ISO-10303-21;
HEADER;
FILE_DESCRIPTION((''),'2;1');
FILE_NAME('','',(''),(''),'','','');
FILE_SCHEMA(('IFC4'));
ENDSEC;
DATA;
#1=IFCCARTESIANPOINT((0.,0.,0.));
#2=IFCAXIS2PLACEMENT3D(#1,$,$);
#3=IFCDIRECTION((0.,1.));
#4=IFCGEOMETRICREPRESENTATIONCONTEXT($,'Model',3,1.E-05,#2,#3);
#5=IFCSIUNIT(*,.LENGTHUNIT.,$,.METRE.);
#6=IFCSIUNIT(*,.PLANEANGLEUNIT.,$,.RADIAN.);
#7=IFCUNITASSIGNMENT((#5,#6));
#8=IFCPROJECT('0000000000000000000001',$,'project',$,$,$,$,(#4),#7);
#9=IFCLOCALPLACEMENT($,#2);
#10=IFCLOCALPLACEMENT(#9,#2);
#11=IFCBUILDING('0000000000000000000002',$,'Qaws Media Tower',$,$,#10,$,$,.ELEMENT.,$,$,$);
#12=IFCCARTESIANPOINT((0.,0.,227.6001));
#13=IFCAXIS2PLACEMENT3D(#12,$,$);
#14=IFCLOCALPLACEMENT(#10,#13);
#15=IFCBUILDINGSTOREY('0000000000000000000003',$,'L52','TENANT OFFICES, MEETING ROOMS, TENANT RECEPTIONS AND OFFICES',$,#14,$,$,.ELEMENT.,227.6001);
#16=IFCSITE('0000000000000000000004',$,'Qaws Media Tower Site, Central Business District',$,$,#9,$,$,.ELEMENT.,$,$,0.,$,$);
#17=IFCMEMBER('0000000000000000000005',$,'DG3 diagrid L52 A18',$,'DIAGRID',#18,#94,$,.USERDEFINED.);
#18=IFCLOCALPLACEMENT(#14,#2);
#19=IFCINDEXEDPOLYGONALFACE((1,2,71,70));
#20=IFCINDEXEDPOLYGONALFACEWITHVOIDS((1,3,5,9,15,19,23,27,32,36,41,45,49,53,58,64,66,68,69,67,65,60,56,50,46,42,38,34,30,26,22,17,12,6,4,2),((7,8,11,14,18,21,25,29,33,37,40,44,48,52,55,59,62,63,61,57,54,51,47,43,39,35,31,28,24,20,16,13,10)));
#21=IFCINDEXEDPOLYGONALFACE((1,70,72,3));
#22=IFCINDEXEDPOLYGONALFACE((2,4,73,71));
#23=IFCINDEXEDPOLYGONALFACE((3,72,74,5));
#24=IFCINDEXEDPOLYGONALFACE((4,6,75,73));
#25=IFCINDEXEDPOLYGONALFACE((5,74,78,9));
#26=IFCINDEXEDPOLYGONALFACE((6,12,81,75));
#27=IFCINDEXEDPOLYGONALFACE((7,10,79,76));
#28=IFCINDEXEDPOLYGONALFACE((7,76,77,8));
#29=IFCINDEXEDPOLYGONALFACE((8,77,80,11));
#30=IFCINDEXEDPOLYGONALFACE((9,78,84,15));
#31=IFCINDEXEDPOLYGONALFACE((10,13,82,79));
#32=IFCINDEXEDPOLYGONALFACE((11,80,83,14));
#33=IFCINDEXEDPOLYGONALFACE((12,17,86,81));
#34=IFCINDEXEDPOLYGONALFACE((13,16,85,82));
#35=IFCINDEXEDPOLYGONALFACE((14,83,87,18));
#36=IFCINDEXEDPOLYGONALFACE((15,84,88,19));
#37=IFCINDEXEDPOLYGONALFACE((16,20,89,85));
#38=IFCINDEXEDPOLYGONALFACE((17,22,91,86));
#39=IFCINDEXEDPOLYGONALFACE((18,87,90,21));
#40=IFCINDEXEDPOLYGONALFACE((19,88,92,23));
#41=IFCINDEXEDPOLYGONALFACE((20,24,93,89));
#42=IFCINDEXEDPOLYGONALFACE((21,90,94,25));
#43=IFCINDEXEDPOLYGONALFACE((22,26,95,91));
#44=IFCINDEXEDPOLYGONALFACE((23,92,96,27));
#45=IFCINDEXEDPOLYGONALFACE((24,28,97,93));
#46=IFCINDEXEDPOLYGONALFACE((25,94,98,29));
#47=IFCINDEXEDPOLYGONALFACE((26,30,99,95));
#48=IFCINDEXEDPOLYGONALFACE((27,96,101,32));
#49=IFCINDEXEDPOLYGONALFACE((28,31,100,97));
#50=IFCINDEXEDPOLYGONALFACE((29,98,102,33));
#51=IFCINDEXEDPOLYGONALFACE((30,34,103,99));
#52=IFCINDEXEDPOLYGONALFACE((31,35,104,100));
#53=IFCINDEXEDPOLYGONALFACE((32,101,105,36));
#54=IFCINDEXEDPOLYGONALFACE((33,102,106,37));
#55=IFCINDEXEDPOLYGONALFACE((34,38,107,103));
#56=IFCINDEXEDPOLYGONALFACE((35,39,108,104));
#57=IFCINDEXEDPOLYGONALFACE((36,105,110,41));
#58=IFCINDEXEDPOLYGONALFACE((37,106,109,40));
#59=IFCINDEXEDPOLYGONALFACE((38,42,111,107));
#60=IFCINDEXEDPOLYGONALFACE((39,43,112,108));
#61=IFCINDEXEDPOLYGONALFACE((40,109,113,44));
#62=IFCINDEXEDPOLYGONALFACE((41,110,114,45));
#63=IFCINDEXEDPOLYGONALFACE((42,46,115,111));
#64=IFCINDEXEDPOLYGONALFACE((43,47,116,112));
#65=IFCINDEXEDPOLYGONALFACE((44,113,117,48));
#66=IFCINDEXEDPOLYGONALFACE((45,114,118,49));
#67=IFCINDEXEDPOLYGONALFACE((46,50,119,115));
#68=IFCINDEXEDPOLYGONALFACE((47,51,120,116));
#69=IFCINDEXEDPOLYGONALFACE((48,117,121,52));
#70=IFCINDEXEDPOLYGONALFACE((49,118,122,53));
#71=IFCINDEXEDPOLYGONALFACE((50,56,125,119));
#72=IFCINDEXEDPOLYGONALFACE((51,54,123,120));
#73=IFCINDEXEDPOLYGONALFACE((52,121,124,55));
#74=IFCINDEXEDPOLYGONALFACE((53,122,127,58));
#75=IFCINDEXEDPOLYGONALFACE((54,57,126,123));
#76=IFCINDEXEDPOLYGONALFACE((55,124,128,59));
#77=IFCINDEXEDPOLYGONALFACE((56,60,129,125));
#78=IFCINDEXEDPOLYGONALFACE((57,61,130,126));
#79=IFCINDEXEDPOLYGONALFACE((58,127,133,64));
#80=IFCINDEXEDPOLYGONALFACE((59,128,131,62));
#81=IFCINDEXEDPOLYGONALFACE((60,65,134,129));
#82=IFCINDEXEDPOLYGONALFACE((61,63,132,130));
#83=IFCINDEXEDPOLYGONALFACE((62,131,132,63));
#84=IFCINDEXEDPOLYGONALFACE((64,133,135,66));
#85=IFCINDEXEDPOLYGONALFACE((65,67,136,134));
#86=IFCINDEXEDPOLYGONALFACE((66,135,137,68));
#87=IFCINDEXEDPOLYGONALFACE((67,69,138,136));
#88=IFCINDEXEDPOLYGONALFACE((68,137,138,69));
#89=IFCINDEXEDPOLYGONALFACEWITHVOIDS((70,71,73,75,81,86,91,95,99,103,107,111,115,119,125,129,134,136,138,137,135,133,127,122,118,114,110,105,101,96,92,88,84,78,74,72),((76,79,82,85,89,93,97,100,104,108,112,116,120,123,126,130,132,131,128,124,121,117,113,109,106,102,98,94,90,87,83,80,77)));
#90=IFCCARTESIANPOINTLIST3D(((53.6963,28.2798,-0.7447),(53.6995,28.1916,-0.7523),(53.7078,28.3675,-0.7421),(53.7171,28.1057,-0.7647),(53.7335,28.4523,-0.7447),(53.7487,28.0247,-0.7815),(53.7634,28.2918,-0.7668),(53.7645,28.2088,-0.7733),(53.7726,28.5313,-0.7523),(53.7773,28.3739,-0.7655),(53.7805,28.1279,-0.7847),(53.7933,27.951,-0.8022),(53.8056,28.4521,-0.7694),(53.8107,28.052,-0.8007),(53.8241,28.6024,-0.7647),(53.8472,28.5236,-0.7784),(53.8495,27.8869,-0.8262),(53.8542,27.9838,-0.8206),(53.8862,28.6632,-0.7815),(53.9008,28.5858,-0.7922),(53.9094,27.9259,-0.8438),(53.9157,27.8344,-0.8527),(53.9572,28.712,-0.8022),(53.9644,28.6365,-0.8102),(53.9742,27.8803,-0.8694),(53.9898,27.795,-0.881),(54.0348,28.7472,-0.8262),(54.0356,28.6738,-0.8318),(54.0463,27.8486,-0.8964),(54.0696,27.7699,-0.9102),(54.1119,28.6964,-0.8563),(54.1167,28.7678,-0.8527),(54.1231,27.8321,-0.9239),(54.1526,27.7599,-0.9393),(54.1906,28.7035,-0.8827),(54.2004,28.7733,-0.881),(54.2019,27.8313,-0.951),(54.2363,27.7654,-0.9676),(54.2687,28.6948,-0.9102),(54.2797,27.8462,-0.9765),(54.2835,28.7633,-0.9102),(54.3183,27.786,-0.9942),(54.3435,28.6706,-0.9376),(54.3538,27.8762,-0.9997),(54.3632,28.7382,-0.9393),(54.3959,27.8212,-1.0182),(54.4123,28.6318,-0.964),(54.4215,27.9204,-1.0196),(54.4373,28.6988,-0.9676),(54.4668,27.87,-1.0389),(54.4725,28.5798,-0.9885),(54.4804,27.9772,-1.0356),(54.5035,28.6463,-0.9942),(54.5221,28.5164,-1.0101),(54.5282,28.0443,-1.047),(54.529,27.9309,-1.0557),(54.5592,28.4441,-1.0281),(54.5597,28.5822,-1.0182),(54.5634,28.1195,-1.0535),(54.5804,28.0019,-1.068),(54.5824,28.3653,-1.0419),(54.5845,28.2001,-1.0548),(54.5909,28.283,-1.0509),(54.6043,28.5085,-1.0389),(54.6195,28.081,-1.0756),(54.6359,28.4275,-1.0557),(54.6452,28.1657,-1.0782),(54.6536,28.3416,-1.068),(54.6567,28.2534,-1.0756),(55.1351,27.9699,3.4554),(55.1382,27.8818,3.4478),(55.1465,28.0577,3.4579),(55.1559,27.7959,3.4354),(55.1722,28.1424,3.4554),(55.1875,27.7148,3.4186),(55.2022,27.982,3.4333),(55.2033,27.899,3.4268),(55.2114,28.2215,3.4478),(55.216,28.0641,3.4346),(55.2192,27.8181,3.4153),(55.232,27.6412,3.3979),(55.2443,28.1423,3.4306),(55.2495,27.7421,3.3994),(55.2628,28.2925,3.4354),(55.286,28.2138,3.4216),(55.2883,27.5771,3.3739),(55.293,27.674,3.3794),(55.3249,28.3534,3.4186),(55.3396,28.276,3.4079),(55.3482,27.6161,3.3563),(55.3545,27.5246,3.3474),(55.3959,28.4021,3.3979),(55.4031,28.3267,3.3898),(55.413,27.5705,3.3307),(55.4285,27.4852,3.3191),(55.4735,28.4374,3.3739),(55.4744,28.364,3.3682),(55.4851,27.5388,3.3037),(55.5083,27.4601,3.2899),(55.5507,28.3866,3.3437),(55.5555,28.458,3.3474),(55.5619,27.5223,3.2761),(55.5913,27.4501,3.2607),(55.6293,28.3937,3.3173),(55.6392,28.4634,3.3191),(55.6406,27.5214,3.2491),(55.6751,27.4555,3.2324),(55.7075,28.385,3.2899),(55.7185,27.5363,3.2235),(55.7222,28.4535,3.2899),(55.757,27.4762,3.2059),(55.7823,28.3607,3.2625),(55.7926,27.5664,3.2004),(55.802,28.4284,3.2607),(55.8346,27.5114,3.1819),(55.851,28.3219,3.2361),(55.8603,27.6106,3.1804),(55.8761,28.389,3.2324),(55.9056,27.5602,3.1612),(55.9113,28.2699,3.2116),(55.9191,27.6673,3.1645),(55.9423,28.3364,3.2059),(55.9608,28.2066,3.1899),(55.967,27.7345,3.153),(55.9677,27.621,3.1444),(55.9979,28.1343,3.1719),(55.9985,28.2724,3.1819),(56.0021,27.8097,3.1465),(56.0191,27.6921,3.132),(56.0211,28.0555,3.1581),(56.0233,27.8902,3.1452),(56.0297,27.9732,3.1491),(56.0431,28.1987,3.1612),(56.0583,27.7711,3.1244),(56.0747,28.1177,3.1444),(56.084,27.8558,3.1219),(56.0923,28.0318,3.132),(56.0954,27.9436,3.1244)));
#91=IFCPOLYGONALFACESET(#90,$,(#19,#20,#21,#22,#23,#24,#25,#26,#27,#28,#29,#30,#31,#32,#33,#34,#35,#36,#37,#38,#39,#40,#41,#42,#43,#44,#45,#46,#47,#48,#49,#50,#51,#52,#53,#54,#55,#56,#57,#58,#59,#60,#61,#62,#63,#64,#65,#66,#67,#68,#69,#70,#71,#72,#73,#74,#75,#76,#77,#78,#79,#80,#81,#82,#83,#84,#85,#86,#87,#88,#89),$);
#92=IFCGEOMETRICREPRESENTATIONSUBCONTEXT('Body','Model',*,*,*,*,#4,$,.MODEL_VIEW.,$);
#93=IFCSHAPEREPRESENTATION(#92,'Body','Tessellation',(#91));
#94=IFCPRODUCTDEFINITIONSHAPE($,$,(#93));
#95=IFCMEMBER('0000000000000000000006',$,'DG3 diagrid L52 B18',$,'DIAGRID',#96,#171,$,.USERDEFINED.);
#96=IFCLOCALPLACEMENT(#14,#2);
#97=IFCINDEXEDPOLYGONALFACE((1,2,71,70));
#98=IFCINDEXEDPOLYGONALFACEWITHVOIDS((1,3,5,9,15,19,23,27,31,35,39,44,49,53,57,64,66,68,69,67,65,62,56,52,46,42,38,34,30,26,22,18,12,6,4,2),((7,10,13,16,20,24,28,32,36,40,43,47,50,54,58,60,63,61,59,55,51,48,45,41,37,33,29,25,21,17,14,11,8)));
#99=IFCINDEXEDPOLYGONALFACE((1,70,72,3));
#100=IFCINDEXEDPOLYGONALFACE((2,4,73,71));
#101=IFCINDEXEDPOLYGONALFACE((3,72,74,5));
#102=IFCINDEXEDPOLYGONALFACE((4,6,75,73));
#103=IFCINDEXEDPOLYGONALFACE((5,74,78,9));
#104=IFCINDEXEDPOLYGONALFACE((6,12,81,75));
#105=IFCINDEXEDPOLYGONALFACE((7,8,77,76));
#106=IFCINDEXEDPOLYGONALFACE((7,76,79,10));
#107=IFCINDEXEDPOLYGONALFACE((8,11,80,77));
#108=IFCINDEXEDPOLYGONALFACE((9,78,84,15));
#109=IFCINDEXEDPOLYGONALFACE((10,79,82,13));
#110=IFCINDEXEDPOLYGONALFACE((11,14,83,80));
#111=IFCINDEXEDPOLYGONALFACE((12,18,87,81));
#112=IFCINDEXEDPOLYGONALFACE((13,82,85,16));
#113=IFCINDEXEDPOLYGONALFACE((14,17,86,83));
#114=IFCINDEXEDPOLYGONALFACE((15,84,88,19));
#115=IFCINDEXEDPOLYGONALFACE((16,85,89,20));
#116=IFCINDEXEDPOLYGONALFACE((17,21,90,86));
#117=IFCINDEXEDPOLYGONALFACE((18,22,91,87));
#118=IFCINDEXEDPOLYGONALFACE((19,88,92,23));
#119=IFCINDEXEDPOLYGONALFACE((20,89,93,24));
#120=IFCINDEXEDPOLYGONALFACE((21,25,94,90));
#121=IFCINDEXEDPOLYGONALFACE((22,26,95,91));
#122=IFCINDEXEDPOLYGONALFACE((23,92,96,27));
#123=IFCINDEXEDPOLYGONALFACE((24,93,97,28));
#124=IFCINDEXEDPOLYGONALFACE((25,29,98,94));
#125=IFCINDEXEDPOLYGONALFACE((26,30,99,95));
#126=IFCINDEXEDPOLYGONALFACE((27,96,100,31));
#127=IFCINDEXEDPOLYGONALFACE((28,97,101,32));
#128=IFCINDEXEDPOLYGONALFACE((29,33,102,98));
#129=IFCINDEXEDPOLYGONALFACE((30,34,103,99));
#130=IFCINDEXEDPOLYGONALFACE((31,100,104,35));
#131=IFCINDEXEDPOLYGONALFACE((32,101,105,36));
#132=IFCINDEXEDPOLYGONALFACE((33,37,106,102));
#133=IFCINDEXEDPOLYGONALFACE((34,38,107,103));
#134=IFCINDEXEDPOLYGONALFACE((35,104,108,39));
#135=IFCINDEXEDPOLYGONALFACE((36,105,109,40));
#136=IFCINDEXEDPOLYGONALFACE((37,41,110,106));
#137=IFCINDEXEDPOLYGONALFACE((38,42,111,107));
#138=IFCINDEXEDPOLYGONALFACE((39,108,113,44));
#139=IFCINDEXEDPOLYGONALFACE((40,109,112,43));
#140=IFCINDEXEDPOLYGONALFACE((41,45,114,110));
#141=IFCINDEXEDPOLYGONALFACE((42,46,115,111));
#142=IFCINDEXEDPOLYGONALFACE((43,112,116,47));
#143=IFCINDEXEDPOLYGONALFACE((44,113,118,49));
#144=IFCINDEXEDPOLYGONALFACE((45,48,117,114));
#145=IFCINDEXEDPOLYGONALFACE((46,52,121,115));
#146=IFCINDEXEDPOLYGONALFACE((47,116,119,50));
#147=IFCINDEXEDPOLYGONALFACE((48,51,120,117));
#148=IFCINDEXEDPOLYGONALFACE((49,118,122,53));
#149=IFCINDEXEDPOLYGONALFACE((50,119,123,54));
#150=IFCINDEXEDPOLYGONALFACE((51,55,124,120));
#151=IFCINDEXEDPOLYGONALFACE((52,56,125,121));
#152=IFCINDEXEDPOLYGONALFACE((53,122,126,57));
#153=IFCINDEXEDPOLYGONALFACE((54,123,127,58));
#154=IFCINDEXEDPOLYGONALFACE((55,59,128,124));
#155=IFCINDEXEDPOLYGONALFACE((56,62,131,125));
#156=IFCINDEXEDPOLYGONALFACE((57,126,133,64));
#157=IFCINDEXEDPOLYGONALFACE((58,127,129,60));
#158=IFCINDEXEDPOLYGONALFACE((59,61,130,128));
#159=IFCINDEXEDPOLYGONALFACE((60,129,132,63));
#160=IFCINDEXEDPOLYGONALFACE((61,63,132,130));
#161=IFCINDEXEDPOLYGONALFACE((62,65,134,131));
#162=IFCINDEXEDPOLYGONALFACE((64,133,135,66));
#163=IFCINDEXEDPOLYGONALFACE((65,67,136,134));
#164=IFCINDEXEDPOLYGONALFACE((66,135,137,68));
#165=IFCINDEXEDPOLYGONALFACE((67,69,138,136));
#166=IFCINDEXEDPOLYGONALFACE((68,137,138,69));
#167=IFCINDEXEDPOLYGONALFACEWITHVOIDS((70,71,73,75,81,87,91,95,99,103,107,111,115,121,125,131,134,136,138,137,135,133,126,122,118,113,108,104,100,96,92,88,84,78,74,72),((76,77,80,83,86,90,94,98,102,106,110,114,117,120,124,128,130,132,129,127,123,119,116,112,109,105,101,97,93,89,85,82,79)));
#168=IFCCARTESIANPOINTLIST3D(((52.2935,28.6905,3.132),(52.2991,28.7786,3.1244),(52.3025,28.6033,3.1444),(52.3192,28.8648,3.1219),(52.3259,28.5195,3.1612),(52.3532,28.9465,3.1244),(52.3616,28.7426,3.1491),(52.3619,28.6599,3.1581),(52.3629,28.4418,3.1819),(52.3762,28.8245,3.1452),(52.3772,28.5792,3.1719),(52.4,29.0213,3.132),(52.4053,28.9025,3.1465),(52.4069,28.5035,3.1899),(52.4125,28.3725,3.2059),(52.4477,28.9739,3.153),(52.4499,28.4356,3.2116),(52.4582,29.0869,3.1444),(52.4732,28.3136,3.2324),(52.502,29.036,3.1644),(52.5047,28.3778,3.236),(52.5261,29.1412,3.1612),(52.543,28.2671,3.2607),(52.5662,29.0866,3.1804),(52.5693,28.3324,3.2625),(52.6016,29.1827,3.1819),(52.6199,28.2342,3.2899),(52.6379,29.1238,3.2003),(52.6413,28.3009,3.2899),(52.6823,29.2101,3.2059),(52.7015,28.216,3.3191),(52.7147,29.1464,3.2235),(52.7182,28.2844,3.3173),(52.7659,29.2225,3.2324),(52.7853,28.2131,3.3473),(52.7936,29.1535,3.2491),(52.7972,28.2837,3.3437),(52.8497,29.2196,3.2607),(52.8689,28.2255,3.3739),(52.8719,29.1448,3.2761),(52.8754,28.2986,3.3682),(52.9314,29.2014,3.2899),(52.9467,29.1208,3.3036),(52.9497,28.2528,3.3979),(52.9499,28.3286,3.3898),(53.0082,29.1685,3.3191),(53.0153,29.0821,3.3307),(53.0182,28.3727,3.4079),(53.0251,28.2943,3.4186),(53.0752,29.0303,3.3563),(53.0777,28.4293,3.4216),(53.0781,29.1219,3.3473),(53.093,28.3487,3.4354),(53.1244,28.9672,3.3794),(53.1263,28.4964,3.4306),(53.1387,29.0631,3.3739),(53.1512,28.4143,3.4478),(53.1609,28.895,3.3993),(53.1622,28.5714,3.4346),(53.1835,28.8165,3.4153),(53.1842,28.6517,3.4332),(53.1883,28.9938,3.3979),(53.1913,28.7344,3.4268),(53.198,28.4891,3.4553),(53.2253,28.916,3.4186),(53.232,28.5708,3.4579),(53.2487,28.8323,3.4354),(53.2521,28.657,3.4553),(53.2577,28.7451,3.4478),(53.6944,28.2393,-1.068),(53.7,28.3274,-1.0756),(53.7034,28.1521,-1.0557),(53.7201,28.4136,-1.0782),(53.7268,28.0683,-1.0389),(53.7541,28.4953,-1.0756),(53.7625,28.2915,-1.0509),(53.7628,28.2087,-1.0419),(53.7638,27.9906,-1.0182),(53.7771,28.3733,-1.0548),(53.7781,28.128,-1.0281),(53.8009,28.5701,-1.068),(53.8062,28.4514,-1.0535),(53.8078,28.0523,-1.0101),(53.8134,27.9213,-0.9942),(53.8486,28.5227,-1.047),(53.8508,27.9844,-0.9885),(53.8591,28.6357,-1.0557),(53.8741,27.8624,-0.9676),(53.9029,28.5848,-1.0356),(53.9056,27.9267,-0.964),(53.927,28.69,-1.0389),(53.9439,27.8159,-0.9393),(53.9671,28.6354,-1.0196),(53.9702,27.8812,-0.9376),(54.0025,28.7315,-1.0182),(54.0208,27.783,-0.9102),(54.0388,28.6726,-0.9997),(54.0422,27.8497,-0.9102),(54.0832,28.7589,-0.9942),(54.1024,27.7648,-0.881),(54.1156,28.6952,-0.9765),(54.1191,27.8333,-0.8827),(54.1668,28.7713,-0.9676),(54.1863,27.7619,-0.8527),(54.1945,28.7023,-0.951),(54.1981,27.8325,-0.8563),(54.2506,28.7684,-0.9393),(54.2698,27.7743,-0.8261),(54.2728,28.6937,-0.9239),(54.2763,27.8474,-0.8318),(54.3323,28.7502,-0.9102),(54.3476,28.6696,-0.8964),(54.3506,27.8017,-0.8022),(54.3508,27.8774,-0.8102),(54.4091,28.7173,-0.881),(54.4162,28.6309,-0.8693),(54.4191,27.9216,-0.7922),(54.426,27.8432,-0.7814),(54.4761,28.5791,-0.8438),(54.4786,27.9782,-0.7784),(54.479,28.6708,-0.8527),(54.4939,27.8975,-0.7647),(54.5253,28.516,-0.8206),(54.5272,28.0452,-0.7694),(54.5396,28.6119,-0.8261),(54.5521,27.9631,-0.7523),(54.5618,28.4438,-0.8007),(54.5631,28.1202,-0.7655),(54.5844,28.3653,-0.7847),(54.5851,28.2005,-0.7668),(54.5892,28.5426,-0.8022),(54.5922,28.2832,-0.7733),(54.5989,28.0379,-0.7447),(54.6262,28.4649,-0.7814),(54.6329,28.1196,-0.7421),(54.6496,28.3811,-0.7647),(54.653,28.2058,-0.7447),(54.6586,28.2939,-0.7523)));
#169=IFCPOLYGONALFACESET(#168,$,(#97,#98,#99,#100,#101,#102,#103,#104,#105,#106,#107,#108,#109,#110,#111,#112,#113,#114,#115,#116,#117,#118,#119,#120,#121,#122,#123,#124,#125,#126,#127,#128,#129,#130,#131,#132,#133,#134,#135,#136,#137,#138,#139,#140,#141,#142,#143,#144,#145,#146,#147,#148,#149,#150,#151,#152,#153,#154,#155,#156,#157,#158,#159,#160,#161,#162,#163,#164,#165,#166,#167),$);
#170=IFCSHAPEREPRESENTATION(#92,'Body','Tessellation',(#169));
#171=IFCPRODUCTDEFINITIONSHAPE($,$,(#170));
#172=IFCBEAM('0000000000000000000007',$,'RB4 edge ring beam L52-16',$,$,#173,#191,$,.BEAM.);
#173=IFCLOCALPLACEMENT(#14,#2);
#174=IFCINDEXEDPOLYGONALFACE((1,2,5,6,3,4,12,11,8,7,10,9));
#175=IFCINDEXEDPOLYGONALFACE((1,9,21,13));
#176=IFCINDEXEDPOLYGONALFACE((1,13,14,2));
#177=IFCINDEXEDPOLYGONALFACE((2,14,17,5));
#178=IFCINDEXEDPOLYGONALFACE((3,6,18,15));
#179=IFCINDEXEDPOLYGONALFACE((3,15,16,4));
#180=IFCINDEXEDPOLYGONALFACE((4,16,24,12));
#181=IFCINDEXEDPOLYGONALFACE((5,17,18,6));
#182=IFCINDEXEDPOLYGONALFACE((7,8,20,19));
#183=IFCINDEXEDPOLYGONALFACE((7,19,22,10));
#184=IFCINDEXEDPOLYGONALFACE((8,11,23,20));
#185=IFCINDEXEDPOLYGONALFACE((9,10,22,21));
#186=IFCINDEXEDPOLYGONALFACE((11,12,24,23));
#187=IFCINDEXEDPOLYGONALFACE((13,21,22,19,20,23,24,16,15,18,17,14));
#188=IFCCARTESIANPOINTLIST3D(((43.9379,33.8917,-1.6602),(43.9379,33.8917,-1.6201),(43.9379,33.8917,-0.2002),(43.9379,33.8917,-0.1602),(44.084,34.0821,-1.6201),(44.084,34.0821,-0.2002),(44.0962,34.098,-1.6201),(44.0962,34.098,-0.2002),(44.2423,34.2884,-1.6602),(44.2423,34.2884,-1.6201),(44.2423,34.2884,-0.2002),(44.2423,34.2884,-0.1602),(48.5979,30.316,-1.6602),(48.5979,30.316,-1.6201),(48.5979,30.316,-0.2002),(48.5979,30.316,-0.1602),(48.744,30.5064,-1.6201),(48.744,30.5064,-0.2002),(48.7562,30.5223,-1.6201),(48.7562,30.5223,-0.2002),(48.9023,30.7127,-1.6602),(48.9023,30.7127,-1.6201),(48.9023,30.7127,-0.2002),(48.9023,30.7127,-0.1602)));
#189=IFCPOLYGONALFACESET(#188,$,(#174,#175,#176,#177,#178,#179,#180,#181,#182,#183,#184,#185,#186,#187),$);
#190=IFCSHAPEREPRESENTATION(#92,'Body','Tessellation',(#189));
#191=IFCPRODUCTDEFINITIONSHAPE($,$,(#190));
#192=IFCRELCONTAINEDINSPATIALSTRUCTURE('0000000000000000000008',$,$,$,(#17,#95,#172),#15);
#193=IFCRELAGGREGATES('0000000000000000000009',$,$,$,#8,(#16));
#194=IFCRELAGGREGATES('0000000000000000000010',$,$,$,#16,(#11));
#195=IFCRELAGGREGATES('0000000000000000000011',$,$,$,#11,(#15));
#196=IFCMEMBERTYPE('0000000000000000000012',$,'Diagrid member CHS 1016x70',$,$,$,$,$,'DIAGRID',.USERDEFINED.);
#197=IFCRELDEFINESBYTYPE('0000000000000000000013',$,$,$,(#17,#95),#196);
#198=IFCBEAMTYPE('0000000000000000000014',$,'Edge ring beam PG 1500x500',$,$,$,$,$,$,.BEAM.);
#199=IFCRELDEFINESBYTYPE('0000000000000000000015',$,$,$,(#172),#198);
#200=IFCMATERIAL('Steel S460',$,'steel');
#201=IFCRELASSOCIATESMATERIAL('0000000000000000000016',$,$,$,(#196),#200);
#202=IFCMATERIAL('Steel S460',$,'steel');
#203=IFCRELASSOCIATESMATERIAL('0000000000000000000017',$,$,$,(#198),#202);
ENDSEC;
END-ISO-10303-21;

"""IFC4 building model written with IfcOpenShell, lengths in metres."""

from ifc_helpers import new_model, si_unit, direction, frame, origin, origin_2d, place, context, subcontext, project, spatial, hollow_circle, i_section, extrude, material, material_profile, profile_set, type_object, element, save


model = new_model("IFC4")

# Units and contexts
model_context = context("Model", 3, precision=1e-05, world=origin(), true_north=direction((0.0, 1.0)))
body_context = subcontext(model_context, "Body", "Model", "MODEL_VIEW")
ifc_project = project(units=[si_unit("LENGTHUNIT", "METRE"), si_unit("PLANEANGLEUNIT", "RADIAN")], contexts=[model_context])

# Site, building, storey
site_placement = place(None, origin())
site = spatial("IfcSite", under=ifc_project, at=site_placement, Name="Qaws Media Tower Site, Central Business District", CompositionType="ELEMENT", RefElevation=0.0)
building_placement = place(site_placement, origin())
building = spatial("IfcBuilding", under=site, at=building_placement, Name="Qaws Media Tower", CompositionType="ELEMENT")
storey_placement = place(building_placement, frame((0.0, 0.0, 227.6001)))
storey = spatial("IfcBuildingStorey", under=building, at=storey_placement, Name="L52", Description="TENANT OFFICES, MEETING ROOMS, TENANT RECEPTIONS AND OFFICES", CompositionType="ELEMENT", Elevation=227.6001)

# Members
ifc_material_1 = material(Name="Steel S460", Category="steel")
ifc_material_profile_1 = material_profile(ifc_material_1, hollow_circle(Radius=0.5081, WallThickness=0.0701, at=origin_2d()), Name="CHS 1016x70")
ifc_profile_set_1 = profile_set([ifc_material_profile_1], Name="Steel S460")
member_type_1 = type_object("IfcMemberType", Name="Diagrid member CHS 1016x70", ElementType="DIAGRID", PredefinedType="USERDEFINED", material=ifc_profile_set_1)
for number, where, z_axis, x_axis, name in (
    (1, (54.1765, 28.2666, -0.9102), (0.323284, -0.069616, 0.943738), (0.210515, 0.977591, 0.0), "DG3 diagrid L52 A18"),
    (2, (54.1765, 28.2666, -0.9102), (-0.31478, 0.101379, 0.943735), (-0.306557, -0.951852, 0.0), "DG3 diagrid L52 B18"),
):
    element("IfcMember", number, at=place(storey_placement, frame(where, z_axis=z_axis, x_axis=x_axis)), inside=storey, type_object=member_type_1, Name=name, ObjectType="DIAGRID", PredefinedType="USERDEFINED", context=body_context, shape_type="SweptSolid", body=[
        extrude(hollow_circle(Radius=0.5081, WallThickness=0.0701, at=origin_2d()), origin(), (0.0, 0.0, 1.0), 4.4504),
    ])

# Beam
ifc_material_2 = material(Name="Steel S460", Category="steel")
ifc_material_profile_2 = material_profile(ifc_material_2, i_section(OverallWidth=0.5, OverallDepth=1.5, WebThickness=0.02, FlangeThickness=0.04, at=origin_2d()), Name="PG 1500x500")
ifc_profile_set_2 = profile_set([ifc_material_profile_2], Name="Steel S460")
beam_type = type_object("IfcBeamType", Name="Edge ring beam PG 1500x500", PredefinedType="BEAM", material=ifc_profile_set_2)
beam_1_placement = place(storey_placement, frame((44.0901, 34.0901, -0.9102), z_axis=(0.793353, -0.608762, 0.0), x_axis=(0.608762, 0.793353, 0.0)))
element("IfcBeam", 3, at=beam_1_placement, inside=storey, type_object=beam_type, Name="RB4 edge ring beam L52-16", PredefinedType="BEAM", context=body_context, shape_type="SweptSolid", body=[
    extrude(i_section(OverallWidth=0.5, OverallDepth=1.5, WebThickness=0.02, FlangeThickness=0.04, at=origin_2d()), origin(), (0.0, 0.0, 1.0), 5.8738),
])

save(model, "model.ifc")
